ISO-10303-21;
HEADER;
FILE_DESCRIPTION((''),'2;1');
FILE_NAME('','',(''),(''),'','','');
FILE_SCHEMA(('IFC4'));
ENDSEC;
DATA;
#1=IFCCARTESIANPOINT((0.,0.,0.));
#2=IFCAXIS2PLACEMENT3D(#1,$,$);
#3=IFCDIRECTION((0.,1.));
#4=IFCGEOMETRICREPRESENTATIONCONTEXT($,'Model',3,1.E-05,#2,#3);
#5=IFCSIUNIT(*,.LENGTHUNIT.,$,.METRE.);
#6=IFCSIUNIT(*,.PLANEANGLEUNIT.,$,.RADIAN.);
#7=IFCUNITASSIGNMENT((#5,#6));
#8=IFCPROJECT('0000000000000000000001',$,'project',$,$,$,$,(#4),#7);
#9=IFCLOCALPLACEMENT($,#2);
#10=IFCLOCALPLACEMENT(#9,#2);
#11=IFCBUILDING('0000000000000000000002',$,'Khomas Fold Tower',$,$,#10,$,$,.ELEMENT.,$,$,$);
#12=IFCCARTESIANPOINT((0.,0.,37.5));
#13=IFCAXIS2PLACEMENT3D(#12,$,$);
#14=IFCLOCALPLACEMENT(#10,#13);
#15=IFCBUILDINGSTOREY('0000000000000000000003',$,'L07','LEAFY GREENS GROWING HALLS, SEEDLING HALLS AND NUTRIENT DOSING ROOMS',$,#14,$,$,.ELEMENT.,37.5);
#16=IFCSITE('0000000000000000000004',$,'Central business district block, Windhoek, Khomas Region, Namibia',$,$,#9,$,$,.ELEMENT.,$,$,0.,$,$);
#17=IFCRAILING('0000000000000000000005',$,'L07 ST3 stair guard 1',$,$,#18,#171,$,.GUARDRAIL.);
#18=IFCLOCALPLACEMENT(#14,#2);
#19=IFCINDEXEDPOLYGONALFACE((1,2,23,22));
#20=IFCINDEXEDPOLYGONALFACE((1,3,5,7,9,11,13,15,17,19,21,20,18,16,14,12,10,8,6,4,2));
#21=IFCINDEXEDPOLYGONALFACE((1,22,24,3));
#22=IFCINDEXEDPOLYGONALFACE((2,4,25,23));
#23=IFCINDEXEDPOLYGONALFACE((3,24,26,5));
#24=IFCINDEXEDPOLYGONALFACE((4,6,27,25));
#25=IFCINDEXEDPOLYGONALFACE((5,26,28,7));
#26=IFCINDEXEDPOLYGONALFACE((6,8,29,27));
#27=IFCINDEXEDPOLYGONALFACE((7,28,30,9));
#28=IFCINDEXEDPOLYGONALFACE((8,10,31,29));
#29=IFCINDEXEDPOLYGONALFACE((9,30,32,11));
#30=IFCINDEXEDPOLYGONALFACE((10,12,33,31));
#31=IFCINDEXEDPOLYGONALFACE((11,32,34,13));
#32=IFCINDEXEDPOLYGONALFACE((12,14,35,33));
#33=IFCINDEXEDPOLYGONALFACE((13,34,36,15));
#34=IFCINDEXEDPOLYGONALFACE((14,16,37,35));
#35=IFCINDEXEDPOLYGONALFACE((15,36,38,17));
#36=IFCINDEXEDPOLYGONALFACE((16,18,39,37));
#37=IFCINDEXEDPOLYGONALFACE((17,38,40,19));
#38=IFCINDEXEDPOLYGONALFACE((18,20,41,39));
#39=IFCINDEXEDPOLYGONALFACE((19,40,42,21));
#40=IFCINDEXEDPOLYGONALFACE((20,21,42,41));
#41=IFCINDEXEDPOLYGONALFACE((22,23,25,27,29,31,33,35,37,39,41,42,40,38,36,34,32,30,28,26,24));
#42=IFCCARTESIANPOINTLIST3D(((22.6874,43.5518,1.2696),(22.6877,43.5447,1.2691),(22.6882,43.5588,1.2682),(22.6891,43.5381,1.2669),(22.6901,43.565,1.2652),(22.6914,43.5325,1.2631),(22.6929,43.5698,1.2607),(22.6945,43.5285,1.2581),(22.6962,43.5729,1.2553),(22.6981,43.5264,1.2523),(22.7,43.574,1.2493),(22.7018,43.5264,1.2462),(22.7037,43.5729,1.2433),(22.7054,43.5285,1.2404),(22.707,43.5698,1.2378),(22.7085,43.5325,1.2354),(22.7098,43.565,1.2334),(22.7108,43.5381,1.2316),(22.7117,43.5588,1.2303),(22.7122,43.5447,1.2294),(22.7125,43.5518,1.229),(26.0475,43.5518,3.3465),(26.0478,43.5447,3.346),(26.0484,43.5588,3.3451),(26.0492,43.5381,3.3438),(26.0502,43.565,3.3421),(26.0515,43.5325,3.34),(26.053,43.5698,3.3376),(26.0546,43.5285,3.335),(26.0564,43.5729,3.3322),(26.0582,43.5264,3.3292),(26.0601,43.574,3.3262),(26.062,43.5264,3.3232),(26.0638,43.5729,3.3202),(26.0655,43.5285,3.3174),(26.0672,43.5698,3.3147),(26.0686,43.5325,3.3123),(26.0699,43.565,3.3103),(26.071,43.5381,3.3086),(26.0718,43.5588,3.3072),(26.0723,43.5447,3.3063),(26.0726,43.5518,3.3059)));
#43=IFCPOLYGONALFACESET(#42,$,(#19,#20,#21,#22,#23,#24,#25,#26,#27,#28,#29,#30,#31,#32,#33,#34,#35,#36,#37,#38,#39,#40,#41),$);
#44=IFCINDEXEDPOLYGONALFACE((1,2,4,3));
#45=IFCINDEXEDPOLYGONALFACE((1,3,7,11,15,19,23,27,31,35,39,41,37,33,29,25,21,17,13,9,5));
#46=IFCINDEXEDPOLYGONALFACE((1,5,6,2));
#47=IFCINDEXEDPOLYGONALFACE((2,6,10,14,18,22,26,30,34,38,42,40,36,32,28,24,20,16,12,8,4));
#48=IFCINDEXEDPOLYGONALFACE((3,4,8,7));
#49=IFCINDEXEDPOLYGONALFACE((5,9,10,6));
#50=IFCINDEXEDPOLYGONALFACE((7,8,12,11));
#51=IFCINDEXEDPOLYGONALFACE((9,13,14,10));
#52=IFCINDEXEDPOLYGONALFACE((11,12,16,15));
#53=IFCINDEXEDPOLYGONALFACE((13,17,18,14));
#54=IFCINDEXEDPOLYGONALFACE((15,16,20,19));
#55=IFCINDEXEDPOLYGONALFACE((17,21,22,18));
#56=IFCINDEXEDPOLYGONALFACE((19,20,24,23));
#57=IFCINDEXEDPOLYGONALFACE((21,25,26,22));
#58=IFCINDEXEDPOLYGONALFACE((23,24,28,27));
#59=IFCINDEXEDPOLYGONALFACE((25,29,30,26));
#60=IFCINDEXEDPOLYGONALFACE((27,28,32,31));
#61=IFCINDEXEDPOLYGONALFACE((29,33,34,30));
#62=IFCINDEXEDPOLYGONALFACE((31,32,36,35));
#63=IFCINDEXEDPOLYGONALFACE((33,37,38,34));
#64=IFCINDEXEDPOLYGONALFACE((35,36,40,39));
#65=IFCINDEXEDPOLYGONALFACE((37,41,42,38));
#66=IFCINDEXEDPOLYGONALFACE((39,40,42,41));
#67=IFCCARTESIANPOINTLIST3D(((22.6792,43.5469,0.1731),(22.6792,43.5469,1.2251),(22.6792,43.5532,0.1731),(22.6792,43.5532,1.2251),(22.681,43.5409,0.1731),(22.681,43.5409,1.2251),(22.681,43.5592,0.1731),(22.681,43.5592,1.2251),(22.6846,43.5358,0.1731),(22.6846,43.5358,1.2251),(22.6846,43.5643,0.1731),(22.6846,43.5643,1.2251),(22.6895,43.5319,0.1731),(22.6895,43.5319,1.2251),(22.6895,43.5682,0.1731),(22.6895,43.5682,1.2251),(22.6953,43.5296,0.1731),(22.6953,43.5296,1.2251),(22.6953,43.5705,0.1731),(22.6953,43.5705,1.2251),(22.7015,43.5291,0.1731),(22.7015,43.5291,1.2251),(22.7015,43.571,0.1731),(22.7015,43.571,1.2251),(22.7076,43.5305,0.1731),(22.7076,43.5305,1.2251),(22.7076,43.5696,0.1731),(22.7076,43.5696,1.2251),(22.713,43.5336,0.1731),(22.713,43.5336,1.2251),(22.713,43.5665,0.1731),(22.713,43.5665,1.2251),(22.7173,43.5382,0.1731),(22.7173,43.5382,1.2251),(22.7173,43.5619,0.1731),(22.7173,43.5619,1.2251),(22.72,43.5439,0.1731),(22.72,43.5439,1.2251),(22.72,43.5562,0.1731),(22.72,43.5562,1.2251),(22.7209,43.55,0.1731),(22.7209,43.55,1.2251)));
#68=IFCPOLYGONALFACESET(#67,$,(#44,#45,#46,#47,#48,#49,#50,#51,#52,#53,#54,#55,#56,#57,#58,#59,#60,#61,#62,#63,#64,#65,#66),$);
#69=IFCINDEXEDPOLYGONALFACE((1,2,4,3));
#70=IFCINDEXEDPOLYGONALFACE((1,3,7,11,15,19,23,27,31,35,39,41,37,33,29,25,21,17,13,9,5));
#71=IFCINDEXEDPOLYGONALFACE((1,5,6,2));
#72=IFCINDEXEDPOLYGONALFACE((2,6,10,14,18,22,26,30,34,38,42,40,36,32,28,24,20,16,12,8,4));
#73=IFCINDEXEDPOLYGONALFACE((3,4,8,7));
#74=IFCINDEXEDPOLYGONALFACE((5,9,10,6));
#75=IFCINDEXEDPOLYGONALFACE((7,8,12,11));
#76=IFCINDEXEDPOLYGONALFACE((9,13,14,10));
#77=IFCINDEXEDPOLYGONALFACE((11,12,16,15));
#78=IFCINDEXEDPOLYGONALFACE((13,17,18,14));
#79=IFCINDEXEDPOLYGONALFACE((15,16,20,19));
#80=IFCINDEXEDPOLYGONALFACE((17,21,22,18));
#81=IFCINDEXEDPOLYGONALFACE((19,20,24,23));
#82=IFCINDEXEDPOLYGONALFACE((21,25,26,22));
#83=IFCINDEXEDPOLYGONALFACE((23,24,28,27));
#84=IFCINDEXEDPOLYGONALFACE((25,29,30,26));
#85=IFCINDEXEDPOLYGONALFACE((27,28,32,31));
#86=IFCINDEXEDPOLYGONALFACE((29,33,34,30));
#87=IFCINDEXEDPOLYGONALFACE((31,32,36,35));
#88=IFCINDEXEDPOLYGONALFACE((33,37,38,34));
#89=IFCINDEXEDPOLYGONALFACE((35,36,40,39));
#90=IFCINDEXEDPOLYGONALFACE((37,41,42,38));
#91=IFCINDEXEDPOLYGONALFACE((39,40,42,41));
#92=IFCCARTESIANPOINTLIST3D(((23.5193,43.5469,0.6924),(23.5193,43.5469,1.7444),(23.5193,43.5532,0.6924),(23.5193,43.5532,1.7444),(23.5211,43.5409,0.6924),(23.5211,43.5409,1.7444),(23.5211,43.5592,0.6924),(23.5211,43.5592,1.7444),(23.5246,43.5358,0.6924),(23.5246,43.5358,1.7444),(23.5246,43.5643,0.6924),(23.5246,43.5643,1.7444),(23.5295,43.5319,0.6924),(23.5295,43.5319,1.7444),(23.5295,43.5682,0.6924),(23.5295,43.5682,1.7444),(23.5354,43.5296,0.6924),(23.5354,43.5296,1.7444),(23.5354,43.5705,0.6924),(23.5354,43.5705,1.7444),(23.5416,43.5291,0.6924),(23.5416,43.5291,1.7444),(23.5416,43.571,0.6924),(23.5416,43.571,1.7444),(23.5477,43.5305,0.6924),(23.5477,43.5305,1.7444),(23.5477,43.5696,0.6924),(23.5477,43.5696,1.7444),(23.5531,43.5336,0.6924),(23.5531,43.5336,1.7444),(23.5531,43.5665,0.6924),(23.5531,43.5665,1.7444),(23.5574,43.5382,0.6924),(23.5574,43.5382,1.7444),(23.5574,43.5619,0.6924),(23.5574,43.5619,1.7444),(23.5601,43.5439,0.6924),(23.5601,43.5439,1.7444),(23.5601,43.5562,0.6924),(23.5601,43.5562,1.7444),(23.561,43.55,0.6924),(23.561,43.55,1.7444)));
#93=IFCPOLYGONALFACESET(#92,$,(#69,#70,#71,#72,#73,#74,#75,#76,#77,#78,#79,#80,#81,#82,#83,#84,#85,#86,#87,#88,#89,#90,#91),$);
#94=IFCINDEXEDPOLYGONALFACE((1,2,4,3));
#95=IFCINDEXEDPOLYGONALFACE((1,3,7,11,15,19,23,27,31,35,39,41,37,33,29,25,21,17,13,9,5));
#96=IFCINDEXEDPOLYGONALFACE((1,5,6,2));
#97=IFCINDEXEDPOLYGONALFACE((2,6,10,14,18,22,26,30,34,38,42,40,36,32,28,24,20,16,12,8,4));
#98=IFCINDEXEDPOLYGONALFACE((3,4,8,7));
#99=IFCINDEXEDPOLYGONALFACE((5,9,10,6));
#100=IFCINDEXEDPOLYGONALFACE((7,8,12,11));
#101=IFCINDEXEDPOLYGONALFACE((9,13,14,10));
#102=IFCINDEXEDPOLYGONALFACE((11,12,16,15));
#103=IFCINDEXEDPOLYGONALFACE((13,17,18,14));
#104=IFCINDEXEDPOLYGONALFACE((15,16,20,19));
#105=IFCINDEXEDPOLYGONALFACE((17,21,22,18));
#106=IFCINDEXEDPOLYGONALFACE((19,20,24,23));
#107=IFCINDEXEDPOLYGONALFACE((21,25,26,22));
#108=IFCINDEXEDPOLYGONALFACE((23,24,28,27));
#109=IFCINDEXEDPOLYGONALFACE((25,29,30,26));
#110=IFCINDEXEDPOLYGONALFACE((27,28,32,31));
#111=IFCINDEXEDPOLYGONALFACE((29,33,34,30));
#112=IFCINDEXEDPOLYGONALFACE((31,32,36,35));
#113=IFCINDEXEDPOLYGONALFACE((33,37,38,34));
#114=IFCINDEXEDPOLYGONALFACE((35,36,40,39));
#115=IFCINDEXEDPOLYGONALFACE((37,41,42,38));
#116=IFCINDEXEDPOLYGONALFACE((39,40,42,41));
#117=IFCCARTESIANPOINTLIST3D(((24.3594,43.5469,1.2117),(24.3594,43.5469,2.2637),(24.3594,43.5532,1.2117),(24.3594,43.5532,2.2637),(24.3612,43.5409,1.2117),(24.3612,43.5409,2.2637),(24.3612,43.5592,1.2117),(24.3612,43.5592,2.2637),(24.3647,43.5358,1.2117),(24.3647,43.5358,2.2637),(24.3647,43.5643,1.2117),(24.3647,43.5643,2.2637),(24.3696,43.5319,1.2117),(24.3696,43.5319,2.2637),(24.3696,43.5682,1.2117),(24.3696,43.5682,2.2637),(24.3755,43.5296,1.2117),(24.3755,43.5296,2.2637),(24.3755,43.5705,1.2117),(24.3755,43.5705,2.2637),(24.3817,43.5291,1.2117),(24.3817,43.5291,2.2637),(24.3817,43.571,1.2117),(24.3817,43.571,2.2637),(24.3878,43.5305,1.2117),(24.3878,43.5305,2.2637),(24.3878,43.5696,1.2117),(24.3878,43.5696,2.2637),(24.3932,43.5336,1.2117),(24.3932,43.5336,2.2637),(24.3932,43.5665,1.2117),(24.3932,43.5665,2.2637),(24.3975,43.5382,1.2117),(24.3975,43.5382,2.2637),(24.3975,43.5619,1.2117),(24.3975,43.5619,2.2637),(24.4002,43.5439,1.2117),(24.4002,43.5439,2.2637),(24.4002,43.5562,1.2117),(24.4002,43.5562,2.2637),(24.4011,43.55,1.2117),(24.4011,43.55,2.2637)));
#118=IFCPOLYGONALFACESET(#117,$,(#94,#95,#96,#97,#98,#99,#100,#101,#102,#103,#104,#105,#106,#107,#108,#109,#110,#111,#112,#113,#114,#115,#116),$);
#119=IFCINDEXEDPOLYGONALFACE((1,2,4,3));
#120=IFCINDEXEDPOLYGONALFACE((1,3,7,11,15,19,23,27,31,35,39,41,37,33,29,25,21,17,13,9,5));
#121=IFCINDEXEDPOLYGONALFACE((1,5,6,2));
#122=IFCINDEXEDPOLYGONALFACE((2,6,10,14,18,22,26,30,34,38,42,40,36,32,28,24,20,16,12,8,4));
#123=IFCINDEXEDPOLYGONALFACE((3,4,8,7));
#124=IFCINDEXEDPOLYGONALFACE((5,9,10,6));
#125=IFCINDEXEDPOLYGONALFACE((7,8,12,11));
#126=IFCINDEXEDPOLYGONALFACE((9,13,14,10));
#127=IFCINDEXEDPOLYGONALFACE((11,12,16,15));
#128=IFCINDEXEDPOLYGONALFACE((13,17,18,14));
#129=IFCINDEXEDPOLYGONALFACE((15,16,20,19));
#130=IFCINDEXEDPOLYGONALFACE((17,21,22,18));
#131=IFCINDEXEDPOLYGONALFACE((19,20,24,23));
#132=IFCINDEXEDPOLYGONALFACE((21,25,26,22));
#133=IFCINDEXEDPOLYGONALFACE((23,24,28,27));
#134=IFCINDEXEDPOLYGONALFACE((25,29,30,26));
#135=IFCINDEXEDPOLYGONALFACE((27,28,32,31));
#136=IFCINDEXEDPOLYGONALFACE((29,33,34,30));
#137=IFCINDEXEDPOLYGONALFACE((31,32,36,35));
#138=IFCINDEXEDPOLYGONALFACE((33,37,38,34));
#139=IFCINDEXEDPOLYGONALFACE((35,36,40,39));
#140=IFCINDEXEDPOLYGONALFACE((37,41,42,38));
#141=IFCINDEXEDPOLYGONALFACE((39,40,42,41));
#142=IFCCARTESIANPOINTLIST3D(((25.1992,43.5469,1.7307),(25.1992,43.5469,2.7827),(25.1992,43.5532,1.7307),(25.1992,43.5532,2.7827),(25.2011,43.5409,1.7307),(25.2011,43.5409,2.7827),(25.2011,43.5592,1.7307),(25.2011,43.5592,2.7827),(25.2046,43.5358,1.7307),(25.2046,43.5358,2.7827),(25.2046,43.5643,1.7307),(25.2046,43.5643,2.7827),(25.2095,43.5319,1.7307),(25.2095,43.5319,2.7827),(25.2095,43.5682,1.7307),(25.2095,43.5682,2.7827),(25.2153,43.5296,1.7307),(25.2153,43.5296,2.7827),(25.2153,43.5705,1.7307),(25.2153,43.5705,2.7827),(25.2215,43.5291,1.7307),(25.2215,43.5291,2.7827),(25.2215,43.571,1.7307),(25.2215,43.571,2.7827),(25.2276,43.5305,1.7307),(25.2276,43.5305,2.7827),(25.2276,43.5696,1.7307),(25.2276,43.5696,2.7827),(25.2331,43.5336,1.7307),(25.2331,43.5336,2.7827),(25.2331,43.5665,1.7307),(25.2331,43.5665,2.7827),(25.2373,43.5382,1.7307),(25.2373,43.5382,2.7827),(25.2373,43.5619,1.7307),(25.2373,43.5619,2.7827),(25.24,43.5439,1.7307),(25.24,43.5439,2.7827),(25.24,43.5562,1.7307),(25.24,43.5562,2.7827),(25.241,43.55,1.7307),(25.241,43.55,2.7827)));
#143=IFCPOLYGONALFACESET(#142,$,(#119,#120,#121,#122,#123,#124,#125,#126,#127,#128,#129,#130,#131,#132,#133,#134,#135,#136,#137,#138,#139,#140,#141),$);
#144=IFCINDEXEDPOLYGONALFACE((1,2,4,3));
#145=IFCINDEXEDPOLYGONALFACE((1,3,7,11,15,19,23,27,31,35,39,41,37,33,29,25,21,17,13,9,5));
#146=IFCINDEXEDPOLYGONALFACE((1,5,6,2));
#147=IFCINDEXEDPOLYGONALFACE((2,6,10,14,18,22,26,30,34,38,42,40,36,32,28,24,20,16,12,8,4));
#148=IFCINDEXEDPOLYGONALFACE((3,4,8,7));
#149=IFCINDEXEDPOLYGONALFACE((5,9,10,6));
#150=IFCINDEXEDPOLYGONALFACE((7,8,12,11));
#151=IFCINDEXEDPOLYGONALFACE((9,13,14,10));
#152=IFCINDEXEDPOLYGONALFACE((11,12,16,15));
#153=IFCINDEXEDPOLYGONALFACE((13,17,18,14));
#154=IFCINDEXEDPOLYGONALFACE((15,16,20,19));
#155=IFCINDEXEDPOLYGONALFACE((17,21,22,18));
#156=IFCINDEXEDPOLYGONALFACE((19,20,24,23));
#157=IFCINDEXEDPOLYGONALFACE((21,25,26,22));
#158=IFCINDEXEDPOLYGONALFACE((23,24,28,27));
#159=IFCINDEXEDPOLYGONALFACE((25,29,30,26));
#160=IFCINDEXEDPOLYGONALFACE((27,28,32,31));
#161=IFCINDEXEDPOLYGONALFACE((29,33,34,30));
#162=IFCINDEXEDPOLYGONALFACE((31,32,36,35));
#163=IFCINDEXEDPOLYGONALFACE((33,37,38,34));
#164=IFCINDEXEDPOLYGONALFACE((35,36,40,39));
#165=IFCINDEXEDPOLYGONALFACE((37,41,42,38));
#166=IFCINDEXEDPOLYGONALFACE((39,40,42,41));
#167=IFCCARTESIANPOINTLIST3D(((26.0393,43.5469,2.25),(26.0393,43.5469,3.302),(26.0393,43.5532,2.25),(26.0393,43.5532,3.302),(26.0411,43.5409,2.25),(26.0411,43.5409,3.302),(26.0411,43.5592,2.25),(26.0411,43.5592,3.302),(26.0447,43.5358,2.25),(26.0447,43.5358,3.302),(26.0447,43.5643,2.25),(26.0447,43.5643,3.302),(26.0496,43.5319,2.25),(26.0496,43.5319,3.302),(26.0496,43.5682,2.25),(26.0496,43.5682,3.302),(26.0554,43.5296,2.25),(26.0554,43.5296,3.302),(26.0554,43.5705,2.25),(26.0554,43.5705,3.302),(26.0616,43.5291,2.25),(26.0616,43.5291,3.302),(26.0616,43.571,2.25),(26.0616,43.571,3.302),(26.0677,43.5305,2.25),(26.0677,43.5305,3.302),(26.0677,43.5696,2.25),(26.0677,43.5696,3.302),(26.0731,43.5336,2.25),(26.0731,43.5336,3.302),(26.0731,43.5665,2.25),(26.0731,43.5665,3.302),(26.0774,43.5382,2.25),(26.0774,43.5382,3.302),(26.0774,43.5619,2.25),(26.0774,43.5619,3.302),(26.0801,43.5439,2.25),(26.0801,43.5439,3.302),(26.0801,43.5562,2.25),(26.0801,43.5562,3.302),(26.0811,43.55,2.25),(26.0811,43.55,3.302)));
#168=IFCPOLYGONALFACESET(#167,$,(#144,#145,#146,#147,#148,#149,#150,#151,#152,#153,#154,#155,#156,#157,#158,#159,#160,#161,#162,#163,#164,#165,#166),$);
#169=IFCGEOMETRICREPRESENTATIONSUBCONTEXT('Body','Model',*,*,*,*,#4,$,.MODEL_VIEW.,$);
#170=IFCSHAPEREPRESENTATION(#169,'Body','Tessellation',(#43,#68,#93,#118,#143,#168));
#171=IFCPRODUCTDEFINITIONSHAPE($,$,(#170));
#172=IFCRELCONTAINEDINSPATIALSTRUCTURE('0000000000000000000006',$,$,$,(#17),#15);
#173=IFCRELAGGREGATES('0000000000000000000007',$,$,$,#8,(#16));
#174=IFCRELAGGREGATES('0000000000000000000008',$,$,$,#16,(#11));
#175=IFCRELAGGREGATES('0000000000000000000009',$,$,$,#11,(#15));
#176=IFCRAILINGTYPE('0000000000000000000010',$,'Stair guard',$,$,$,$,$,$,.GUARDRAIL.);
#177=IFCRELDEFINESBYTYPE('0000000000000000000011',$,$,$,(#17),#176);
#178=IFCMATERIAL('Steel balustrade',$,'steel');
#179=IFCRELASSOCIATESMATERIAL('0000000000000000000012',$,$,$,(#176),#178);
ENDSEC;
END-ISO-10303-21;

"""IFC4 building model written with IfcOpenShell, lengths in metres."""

from ifc_helpers import new_model, si_unit, direction, frame, origin, origin_2d, place, context, subcontext, project, spatial, circle, extrude, source, transform, mapped, material, type_object, element, save


model = new_model("IFC4")

# Units and contexts
model_context = context("Model", 3, precision=1e-05, world=origin(), true_north=direction((0.0, 1.0)))
body_context = subcontext(model_context, "Body", "Model", "MODEL_VIEW")
ifc_project = project(units=[si_unit("LENGTHUNIT", "METRE"), si_unit("PLANEANGLEUNIT", "RADIAN")], contexts=[model_context])

# Site, building, storey
site_placement = place(None, origin())
site = spatial("IfcSite", under=ifc_project, at=site_placement, Name="Central business district block, Windhoek, Khomas Region, Namibia", CompositionType="ELEMENT", RefElevation=0.0)
building_placement = place(site_placement, origin())
building = spatial("IfcBuilding", under=site, at=building_placement, Name="Khomas Fold Tower", CompositionType="ELEMENT")
storey_placement = place(building_placement, frame((0.0, 0.0, 37.5)))
storey = spatial("IfcBuildingStorey", under=building, at=storey_placement, Name="L07", Description="LEAFY GREENS GROWING HALLS, SEEDLING HALLS AND NUTRIENT DOSING ROOMS", CompositionType="ELEMENT", Elevation=37.5)

# Railing
ifc_material_1 = material(Name="Steel balustrade", Category="steel")
railing_type_1 = type_object("IfcRailingType", Name="Stair guard", PredefinedType="GUARDRAIL", material=ifc_material_1)
shared_shape_1 = source(origin(), body_context, "Body", "SweptSolid", [
    extrude(circle(Radius=0.0239, at=origin_2d()), frame((0.0, 0.0, 1.0762), z_axis=(0.850623, 0.0, 0.525776), x_axis=(0.0, 1.0, 0.0)), (0.0, 0.0, 1.0), 3.9502),
    extrude(circle(Radius=0.021, at=origin_2d()), origin(), (0.0, 0.0, 1.0), 1.052),
    extrude(circle(Radius=0.021, at=origin_2d()), frame((0.8401, 0.0, 0.5193)), (0.0, 0.0, 1.0), 1.052),
    extrude(circle(Radius=0.021, at=origin_2d()), frame((1.6802, 0.0, 1.0386)), (0.0, 0.0, 1.0), 1.052),
    extrude(circle(Radius=0.021, at=origin_2d()), frame((2.52, 0.0, 1.5576)), (0.0, 0.0, 1.0), 1.052),
    extrude(circle(Radius=0.021, at=origin_2d()), frame((3.3601, 0.0, 2.0769)), (0.0, 0.0, 1.0), 1.052),
])
railing_1_placement = place(storey_placement, frame((22.7, 43.55, 0.1731)))
element("IfcRailing", 1, at=railing_1_placement, inside=storey, type_object=railing_type_1, Name="L07 ST3 stair guard 1", PredefinedType="GUARDRAIL", context=body_context, shape_type="MappedRepresentation", body=[
    mapped(shared_shape_1, transform((0.0, 0.0, 0.0))),
])

save(model, "model.ifc")
